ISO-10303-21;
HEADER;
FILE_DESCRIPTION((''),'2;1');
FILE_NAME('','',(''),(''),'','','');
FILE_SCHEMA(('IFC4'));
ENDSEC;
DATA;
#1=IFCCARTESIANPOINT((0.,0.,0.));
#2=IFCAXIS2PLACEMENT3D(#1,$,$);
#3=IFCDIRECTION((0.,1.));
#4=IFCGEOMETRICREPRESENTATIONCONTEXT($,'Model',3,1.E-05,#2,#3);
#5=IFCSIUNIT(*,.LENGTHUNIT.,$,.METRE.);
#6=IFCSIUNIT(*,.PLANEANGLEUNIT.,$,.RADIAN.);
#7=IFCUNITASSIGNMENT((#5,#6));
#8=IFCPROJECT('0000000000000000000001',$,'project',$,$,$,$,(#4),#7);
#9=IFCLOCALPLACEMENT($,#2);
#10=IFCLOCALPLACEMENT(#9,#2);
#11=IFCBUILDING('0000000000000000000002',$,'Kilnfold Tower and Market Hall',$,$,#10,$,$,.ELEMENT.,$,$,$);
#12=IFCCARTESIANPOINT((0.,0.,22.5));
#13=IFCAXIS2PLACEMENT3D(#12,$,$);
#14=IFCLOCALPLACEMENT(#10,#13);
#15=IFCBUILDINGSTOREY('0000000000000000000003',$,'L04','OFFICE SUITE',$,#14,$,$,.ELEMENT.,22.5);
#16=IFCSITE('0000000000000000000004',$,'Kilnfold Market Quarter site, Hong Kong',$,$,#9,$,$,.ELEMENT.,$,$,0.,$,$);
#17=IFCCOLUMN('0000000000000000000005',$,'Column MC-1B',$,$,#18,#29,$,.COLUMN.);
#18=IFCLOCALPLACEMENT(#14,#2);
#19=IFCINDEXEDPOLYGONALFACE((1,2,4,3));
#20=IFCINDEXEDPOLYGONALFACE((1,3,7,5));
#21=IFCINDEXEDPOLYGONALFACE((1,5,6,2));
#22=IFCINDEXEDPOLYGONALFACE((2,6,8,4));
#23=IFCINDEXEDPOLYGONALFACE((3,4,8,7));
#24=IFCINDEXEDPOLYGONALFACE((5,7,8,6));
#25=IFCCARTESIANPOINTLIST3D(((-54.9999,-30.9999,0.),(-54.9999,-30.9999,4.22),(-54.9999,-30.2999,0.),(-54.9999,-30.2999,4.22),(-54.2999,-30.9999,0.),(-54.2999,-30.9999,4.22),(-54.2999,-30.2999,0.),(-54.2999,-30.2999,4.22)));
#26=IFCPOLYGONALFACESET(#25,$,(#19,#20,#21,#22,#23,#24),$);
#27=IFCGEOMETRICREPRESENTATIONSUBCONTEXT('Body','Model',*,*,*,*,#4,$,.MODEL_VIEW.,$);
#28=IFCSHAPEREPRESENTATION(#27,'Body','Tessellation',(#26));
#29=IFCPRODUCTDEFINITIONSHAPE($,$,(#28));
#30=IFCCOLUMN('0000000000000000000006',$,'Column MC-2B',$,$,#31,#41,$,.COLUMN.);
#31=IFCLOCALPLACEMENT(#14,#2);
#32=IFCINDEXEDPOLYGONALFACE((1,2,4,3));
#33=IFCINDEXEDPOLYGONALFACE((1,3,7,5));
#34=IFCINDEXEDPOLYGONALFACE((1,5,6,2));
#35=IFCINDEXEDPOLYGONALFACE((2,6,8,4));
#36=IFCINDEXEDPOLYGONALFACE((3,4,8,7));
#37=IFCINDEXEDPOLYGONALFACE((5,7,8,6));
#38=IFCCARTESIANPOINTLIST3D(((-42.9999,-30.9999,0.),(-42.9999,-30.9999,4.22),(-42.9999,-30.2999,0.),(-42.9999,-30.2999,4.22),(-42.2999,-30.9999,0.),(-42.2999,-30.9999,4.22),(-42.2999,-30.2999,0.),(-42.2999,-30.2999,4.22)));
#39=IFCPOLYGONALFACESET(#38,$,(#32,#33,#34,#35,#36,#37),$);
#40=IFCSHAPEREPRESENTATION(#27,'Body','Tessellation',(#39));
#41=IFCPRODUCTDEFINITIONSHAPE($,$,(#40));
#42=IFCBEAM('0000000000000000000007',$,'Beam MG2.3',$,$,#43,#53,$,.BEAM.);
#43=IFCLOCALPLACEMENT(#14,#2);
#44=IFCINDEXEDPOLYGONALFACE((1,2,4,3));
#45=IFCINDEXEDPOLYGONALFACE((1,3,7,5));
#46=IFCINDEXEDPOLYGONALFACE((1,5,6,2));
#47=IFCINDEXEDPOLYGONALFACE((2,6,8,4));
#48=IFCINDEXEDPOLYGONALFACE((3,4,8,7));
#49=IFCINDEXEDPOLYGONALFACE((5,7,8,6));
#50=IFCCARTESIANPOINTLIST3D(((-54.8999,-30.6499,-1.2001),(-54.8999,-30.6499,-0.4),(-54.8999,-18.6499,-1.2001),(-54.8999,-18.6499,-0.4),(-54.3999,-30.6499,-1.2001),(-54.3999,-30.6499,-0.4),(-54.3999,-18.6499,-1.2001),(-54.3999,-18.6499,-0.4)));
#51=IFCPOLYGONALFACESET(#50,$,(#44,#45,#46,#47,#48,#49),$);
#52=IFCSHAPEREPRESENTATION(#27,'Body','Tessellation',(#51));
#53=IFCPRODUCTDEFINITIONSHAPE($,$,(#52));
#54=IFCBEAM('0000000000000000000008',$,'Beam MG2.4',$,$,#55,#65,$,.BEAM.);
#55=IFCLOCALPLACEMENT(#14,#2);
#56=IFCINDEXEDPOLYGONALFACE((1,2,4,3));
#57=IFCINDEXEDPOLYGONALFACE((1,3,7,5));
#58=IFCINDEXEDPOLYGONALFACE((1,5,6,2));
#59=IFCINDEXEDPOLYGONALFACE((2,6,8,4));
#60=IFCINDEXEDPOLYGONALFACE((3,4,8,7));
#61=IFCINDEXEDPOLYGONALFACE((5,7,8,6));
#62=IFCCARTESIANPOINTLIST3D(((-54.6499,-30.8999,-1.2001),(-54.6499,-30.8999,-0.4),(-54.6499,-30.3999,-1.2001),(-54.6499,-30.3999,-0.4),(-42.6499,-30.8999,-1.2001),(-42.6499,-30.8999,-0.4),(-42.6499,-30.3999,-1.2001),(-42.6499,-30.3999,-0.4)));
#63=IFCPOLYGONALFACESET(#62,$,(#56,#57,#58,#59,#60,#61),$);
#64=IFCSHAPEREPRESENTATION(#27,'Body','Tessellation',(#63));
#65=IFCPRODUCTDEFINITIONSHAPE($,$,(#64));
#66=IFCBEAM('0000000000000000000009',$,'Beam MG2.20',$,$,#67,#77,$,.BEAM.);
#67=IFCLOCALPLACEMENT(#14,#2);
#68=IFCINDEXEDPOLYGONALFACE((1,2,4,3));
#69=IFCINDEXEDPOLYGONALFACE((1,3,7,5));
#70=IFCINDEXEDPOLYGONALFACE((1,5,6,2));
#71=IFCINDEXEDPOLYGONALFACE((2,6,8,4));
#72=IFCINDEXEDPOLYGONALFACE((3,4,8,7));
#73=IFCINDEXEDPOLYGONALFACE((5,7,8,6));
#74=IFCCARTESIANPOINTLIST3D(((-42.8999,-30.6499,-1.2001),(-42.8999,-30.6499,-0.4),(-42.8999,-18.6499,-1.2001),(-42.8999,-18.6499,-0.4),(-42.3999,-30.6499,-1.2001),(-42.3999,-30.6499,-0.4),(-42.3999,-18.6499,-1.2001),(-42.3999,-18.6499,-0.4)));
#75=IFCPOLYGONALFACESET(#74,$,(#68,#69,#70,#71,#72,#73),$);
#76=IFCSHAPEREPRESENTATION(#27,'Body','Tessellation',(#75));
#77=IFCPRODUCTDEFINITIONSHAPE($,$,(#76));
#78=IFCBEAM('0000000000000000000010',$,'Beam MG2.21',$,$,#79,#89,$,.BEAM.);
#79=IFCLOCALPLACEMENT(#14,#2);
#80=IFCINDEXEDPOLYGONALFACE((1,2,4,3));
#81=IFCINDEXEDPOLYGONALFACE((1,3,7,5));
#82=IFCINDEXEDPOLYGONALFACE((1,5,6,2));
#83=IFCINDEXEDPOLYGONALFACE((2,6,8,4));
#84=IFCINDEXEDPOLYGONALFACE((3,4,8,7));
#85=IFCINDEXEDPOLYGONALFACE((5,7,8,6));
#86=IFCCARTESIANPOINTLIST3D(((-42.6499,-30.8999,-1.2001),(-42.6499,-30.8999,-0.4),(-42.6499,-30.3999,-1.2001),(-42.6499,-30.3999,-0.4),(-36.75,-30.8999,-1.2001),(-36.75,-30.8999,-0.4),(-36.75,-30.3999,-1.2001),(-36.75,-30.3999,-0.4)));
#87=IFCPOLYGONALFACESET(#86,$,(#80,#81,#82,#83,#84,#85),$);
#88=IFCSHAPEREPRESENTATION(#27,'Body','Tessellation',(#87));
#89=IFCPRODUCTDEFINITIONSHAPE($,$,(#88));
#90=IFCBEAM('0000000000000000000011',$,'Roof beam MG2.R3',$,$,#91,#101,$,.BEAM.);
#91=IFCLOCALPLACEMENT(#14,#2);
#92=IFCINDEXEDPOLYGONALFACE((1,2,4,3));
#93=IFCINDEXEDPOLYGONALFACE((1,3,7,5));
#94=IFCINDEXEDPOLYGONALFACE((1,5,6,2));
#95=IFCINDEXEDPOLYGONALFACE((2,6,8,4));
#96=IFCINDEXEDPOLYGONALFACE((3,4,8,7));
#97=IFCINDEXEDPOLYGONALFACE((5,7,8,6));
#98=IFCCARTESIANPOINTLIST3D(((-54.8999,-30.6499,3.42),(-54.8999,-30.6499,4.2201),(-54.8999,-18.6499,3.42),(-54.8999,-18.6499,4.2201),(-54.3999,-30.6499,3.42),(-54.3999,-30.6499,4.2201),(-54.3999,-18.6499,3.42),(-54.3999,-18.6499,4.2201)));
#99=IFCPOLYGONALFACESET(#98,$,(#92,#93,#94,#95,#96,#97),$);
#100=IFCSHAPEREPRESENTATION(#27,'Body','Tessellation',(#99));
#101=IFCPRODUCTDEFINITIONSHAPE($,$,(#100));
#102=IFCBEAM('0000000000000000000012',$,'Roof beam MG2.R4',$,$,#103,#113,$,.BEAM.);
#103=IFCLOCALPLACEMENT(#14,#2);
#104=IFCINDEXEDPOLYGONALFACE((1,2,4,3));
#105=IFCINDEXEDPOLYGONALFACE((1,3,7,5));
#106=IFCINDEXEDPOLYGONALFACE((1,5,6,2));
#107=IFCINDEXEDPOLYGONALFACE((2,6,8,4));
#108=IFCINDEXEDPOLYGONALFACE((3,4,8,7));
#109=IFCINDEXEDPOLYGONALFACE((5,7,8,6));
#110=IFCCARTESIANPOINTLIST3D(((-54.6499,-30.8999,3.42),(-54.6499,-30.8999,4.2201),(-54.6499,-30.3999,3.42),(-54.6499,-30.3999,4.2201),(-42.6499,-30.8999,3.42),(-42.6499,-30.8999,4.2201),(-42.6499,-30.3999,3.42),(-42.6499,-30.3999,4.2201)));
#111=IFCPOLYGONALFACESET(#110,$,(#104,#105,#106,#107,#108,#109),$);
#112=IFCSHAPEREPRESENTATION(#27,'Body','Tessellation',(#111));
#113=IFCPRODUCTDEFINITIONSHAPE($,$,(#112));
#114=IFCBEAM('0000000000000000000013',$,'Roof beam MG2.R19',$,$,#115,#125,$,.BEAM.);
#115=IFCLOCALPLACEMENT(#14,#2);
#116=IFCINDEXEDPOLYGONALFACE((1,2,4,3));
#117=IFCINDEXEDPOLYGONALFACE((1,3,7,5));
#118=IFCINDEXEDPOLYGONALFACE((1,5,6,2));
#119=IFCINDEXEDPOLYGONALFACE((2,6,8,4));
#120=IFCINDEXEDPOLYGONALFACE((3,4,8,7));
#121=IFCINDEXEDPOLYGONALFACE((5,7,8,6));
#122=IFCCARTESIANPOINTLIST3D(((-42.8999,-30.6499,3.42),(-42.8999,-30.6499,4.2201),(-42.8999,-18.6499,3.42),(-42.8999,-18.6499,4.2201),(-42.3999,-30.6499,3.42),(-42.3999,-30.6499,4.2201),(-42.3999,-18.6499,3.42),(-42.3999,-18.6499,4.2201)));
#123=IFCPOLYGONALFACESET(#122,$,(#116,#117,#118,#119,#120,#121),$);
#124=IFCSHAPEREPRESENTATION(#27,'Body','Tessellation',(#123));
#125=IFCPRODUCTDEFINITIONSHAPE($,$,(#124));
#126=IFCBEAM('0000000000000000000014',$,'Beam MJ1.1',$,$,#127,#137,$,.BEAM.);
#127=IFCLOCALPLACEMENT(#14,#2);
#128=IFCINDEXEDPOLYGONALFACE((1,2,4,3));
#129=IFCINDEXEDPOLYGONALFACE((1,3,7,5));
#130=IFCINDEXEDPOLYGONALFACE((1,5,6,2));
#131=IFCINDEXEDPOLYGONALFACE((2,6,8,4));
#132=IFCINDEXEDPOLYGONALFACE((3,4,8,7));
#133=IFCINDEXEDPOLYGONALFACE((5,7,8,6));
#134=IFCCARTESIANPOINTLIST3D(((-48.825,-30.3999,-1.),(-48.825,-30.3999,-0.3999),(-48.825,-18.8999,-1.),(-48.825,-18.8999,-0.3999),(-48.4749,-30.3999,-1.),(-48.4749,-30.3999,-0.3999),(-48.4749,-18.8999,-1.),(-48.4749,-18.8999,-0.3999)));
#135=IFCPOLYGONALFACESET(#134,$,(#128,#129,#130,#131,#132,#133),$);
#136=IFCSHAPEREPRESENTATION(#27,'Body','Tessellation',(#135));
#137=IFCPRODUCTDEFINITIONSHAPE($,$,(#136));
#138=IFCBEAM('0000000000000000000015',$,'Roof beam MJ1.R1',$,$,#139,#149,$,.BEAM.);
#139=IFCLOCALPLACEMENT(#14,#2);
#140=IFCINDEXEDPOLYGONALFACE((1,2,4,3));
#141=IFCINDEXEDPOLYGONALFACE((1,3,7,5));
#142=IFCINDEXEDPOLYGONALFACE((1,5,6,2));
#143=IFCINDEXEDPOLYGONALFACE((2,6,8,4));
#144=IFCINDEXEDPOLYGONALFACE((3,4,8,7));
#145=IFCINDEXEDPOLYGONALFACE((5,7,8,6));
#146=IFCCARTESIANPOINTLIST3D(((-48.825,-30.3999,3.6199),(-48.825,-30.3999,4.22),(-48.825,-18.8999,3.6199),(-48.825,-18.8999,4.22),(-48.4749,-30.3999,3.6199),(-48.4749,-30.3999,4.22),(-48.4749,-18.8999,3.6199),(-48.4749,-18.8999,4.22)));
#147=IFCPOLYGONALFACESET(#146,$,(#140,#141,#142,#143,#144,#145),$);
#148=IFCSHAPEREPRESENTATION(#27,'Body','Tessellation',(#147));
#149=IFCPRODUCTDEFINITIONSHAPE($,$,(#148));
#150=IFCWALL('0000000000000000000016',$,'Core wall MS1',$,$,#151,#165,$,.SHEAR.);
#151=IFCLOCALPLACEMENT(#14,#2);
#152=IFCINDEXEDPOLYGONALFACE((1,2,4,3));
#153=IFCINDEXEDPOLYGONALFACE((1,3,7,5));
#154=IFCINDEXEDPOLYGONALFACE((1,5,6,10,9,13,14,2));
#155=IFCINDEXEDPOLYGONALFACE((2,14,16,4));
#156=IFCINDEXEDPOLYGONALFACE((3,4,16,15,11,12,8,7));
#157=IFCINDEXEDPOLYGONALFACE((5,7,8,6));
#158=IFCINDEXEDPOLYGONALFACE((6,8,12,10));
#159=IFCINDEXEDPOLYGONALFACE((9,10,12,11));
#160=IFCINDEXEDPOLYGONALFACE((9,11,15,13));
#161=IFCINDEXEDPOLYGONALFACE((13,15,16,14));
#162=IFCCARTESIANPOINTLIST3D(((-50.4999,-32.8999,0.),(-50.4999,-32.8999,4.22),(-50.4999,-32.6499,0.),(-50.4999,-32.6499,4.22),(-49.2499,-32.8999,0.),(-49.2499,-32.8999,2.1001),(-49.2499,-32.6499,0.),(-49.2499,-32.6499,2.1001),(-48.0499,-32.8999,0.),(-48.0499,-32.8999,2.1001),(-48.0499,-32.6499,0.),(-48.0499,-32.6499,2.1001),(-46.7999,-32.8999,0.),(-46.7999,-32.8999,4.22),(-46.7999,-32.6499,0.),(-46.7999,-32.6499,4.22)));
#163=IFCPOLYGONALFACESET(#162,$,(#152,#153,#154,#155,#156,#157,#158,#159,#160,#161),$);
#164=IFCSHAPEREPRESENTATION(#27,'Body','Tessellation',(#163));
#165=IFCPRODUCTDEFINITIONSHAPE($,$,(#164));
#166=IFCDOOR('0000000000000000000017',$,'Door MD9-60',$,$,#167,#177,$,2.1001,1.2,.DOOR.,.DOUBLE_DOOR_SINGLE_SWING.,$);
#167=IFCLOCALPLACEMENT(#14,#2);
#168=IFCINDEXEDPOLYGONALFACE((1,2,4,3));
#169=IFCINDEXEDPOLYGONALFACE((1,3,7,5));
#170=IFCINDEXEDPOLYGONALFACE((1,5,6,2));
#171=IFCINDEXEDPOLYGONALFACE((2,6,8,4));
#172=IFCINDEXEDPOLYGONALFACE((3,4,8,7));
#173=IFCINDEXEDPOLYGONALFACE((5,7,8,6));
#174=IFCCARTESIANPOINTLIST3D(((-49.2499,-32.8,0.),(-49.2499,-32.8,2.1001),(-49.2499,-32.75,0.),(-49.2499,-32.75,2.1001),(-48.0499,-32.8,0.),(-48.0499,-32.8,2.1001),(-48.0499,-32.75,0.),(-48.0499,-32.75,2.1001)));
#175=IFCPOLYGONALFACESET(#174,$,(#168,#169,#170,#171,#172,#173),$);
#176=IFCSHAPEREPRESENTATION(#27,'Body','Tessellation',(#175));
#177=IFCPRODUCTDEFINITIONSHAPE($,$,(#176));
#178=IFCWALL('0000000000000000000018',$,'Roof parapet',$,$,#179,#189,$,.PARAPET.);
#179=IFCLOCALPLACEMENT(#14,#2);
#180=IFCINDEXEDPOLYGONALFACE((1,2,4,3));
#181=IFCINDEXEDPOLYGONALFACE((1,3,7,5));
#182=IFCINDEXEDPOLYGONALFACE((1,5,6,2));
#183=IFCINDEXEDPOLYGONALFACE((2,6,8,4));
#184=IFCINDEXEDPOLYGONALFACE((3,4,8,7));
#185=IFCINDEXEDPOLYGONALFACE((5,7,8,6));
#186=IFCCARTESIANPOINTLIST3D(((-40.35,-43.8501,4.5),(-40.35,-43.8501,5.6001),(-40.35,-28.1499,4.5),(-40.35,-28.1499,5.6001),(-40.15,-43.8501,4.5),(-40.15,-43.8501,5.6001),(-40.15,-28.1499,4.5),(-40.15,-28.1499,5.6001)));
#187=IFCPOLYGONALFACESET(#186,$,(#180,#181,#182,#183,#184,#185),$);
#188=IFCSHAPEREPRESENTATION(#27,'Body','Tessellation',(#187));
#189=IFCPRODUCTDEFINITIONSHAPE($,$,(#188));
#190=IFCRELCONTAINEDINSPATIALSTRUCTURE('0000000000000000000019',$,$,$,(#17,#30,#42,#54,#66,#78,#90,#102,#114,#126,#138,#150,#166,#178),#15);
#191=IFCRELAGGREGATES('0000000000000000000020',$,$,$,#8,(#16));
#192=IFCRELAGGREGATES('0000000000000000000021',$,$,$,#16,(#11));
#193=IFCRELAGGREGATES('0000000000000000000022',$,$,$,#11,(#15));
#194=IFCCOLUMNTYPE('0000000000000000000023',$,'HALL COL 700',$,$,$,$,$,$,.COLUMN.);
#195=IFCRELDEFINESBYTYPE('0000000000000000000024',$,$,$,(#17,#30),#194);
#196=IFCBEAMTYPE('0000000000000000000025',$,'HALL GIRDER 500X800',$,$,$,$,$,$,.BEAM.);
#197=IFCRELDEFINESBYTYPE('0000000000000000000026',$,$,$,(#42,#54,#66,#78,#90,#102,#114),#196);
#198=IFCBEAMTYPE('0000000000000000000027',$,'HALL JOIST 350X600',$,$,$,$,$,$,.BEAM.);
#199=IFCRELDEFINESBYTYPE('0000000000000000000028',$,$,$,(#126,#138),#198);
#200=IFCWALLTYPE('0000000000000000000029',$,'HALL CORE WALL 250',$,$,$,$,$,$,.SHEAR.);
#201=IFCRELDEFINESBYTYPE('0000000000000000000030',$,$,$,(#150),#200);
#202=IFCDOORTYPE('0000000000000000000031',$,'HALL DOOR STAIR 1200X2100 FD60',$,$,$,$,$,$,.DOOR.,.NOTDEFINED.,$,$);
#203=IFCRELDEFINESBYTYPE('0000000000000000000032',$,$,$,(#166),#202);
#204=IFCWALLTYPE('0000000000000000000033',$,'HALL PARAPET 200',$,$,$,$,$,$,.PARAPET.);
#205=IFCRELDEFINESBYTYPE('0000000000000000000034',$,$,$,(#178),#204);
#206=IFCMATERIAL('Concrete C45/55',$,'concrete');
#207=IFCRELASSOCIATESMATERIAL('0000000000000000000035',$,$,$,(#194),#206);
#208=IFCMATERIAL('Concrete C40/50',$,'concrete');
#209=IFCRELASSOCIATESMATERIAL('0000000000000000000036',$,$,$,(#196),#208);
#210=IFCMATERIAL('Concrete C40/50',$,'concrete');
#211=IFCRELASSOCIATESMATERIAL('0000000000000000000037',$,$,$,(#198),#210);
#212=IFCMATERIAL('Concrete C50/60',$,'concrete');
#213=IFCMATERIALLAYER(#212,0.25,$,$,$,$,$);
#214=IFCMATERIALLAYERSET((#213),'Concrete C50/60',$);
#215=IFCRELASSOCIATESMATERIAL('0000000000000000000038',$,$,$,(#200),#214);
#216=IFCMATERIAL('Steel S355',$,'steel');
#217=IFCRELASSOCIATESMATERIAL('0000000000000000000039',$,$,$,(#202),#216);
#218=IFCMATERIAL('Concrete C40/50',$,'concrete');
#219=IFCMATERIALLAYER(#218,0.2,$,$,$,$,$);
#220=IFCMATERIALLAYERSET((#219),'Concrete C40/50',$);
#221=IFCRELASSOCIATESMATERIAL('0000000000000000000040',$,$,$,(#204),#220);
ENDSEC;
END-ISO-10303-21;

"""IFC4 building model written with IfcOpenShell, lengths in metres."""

from ifc_helpers import new_model, si_unit, direction, frame, frame_2d, origin, origin_2d, place, context, subcontext, project, spatial, rectangle, extrude, source, transform, mapped, material, layer, layer_set, material_profile, profile_set, type_object, element, fill, save


model = new_model("IFC4")

# Units and contexts
model_context = context("Model", 3, precision=1e-05, world=origin(), true_north=direction((0.0, 1.0)))
body_context = subcontext(model_context, "Body", "Model", "MODEL_VIEW")
ifc_project = project(units=[si_unit("LENGTHUNIT", "METRE"), si_unit("PLANEANGLEUNIT", "RADIAN")], contexts=[model_context])

# Site, building, storey
site_placement = place(None, origin())
site = spatial("IfcSite", under=ifc_project, at=site_placement, Name="Kilnfold Market Quarter site, Hong Kong", CompositionType="ELEMENT", RefElevation=0.0)
building_placement = place(site_placement, origin())
building = spatial("IfcBuilding", under=site, at=building_placement, Name="Kilnfold Tower and Market Hall", CompositionType="ELEMENT")
storey_placement = place(building_placement, frame((0.0, 0.0, 22.5)))
storey = spatial("IfcBuildingStorey", under=building, at=storey_placement, Name="L04", Description="OFFICE SUITE", CompositionType="ELEMENT", Elevation=22.5)

# Columns
ifc_material_1 = material(Name="Concrete C45/55", Category="concrete")
ifc_material_profile_1 = material_profile(ifc_material_1, rectangle(XDim=0.7, YDim=0.7, at=origin_2d()), Name="RC 700x700")
ifc_profile_set_1 = profile_set([ifc_material_profile_1], Name="Concrete C45/55")
column_type = type_object("IfcColumnType", Name="HALL COL 700", PredefinedType="COLUMN", material=ifc_profile_set_1)
shared_shape_1 = source(origin(), body_context, "Body", "SweptSolid", [
    extrude(rectangle(XDim=0.7, YDim=0.7, at=origin_2d()), origin(), (0.0, 0.0, 1.0), 4.22),
])
for number, where, z_axis, x_axis, name in (
    (1, (-54.6499, -30.6499, 0.0), (0.0, 0.0, 1.0), (1.0, 0.0, 0.0), "Column MC-1B"),
    (2, (-42.6499, -30.6499, 0.0), (0.0, 0.0, 1.0), (1.0, 0.0, 0.0), "Column MC-2B"),
):
    element("IfcColumn", number, at=place(storey_placement, frame(where, z_axis=z_axis, x_axis=x_axis)), inside=storey, type_object=column_type, Name=name, PredefinedType="COLUMN", context=body_context, shape_type="MappedRepresentation", body=[
        mapped(shared_shape_1, transform((0.0, 0.0, 0.0))),
    ])

# Beams
ifc_material_2 = material(Name="Concrete C40/50", Category="concrete")
ifc_material_profile_2 = material_profile(ifc_material_2, rectangle(XDim=0.5, YDim=0.8, at=origin_2d()), Name="RC 500x800")
ifc_profile_set_2 = profile_set([ifc_material_profile_2], Name="Concrete C40/50")
beam_type_1 = type_object("IfcBeamType", Name="HALL GIRDER 500X800", PredefinedType="BEAM", material=ifc_profile_set_2)
for number, where, z_axis, x_axis, name in (
    (3, (-54.6499, -30.6499, -0.8), (0.0, 1.0, 0.0), (-1.0, 0.0, 0.0), "Beam MG2.3"),
    (4, (-54.6499, -30.6499, -0.8), (1.0, 0.0, 0.0), (0.0, 1.0, 0.0), "Beam MG2.4"),
    (5, (-42.6499, -30.6499, -0.8), (0.0, 1.0, 0.0), (-1.0, 0.0, 0.0), "Beam MG2.20"),
):
    element("IfcBeam", number, at=place(storey_placement, frame(where, z_axis=z_axis, x_axis=x_axis)), inside=storey, type_object=beam_type_1, Name=name, PredefinedType="BEAM", context=body_context, shape_type="SweptSolid", body=[
        extrude(rectangle(XDim=0.5, YDim=0.8, at=origin_2d()), origin(), (0.0, 0.0, 1.0), 12.0),
    ])
beam_placement = place(storey_placement, frame((-42.6499, -30.6499, -0.8), z_axis=(1.0, 0.0, 0.0), x_axis=(0.0, 1.0, 0.0)))
element("IfcBeam", 6, at=beam_placement, inside=storey, type_object=beam_type_1, Name="Beam MG2.21", PredefinedType="BEAM", context=body_context, shape_type="SweptSolid", body=[
    extrude(rectangle(XDim=0.5, YDim=0.8, at=origin_2d()), origin(), (0.0, 0.0, 1.0), 5.8999),
])
for number, where, z_axis, x_axis, name in (
    (7, (-54.6499, -30.6499, 3.8201), (0.0, 1.0, 0.0), (-1.0, 0.0, 0.0), "Roof beam MG2.R3"),
    (8, (-54.6499, -30.6499, 3.8201), (1.0, 0.0, 0.0), (0.0, 1.0, 0.0), "Roof beam MG2.R4"),
    (9, (-42.6499, -30.6499, 3.8201), (0.0, 1.0, 0.0), (-1.0, 0.0, 0.0), "Roof beam MG2.R19"),
):
    element("IfcBeam", number, at=place(storey_placement, frame(where, z_axis=z_axis, x_axis=x_axis)), inside=storey, type_object=beam_type_1, Name=name, PredefinedType="BEAM", context=body_context, shape_type="SweptSolid", body=[
        extrude(rectangle(XDim=0.5, YDim=0.8, at=origin_2d()), origin(), (0.0, 0.0, 1.0), 12.0),
    ])
ifc_material_3 = material(Name="Concrete C40/50", Category="concrete")
ifc_material_profile_3 = material_profile(ifc_material_3, rectangle(XDim=0.3501, YDim=0.6001, at=origin_2d()), Name="RC 350x600")
ifc_profile_set_3 = profile_set([ifc_material_profile_3], Name="Concrete C40/50")
beam_type_2 = type_object("IfcBeamType", Name="HALL JOIST 350X600", PredefinedType="BEAM", material=ifc_profile_set_3)
for number, where, z_axis, x_axis, name in (
    (10, (-48.6499, -30.3999, -0.7), (0.0, 1.0, 0.0), (-1.0, 0.0, 0.0), "Beam MJ1.1"),
    (11, (-48.6499, -30.3999, 3.9199), (0.0, 1.0, 0.0), (-1.0, 0.0, 0.0), "Roof beam MJ1.R1"),
):
    element("IfcBeam", number, at=place(storey_placement, frame(where, z_axis=z_axis, x_axis=x_axis)), inside=storey, type_object=beam_type_2, Name=name, PredefinedType="BEAM", context=body_context, shape_type="SweptSolid", body=[
        extrude(rectangle(XDim=0.3501, YDim=0.6001, at=origin_2d()), origin(), (0.0, 0.0, 1.0), 11.5),
    ])

# Wall, opening, door
ifc_material_4 = material(Name="Concrete C50/60", Category="concrete")
ifc_layer_1 = layer(ifc_material_4, 0.25)
ifc_layer_set_1 = layer_set([ifc_layer_1], Name="Concrete C50/60")
wall_type_1 = type_object("IfcWallType", Name="HALL CORE WALL 250", PredefinedType="SHEAR", material=ifc_layer_set_1)
shared_shape_2 = source(origin(), body_context, "Body", "SweptSolid", [
    extrude(rectangle(XDim=3.7, YDim=0.25, at=frame_2d((1.8501, 0.0))), origin(), (0.0, 0.0, 1.0), 4.22),
])
wall_1_placement = place(storey_placement, frame((-50.5, -32.7749, 0.0), z_axis=(0.0, 0.0, 1.0), x_axis=(1.0, 0.0, 0.0)))
wall_1 = element("IfcWall", 12, at=wall_1_placement, inside=storey, type_object=wall_type_1, Name="Core wall MS1", PredefinedType="SHEAR", context=body_context, shape_type="MappedRepresentation", body=[
    mapped(shared_shape_2, transform((0.0, 0.0, 0.0))),
])
opening_1_placement = place(wall_1_placement, frame((1.25, 0.0, 0.0)))
opening_1 = element("IfcOpeningElement", 13, at=opening_1_placement, cuts=wall_1, PredefinedType="OPENING", context=body_context, shape_type="SweptSolid", body=[
    extrude(rectangle(XDim=1.2, YDim=2.1001, at=frame_2d((0.6001, 1.05))), frame((0.0, 0.135, 0.0), z_axis=(0.0, -1.0, 0.0), x_axis=(1.0, 0.0, 0.0)), (0.0, 0.0, 1.0), 0.27),
])
ifc_material_5 = material(Name="Steel S355", Category="steel")
door_type_1 = type_object("IfcDoorType", Name="HALL DOOR STAIR 1200X2100 FD60", OperationType="NOTDEFINED", PredefinedType="DOOR", material=ifc_material_5)
door_1_placement = place(opening_1_placement, origin())
door_1 = element("IfcDoor", 14, at=door_1_placement, inside=storey, type_object=door_type_1, Name="Door MD9-60", OperationType="DOUBLE_DOOR_SINGLE_SWING", OverallHeight=2.1001, OverallWidth=1.2, PredefinedType="DOOR", context=body_context, shape_type="SweptSolid", body=[
    extrude(rectangle(XDim=1.2, YDim=2.1001, at=frame_2d((0.6001, 1.05))), frame((0.0, 0.0249, 0.0), z_axis=(0.0, -1.0, 0.0), x_axis=(1.0, 0.0, 0.0)), (0.0, 0.0, 1.0), 0.05),
])
fill(opening_1, door_1)

# Wall
ifc_material_6 = material(Name="Concrete C40/50", Category="concrete")
ifc_layer_2 = layer(ifc_material_6, 0.2)
ifc_layer_set_2 = layer_set([ifc_layer_2], Name="Concrete C40/50")
wall_type_2 = type_object("IfcWallType", Name="HALL PARAPET 200", PredefinedType="PARAPET", material=ifc_layer_set_2)
shared_shape_3 = source(origin(), body_context, "Body", "SweptSolid", [
    extrude(rectangle(XDim=15.7002, YDim=0.2, at=frame_2d((7.8501, 0.0))), origin(), (0.0, 0.0, 1.0), 1.1001),
])
wall_2_placement = place(storey_placement, frame((-40.25, -28.1499, 4.5), z_axis=(0.0, 0.0, 1.0), x_axis=(0.0, -1.0, 0.0)))
element("IfcWall", 15, at=wall_2_placement, inside=storey, type_object=wall_type_2, Name="Roof parapet", PredefinedType="PARAPET", context=body_context, shape_type="MappedRepresentation", body=[
    mapped(shared_shape_3, transform((0.0, 0.0, 0.0))),
])

save(model, "model.ifc")
